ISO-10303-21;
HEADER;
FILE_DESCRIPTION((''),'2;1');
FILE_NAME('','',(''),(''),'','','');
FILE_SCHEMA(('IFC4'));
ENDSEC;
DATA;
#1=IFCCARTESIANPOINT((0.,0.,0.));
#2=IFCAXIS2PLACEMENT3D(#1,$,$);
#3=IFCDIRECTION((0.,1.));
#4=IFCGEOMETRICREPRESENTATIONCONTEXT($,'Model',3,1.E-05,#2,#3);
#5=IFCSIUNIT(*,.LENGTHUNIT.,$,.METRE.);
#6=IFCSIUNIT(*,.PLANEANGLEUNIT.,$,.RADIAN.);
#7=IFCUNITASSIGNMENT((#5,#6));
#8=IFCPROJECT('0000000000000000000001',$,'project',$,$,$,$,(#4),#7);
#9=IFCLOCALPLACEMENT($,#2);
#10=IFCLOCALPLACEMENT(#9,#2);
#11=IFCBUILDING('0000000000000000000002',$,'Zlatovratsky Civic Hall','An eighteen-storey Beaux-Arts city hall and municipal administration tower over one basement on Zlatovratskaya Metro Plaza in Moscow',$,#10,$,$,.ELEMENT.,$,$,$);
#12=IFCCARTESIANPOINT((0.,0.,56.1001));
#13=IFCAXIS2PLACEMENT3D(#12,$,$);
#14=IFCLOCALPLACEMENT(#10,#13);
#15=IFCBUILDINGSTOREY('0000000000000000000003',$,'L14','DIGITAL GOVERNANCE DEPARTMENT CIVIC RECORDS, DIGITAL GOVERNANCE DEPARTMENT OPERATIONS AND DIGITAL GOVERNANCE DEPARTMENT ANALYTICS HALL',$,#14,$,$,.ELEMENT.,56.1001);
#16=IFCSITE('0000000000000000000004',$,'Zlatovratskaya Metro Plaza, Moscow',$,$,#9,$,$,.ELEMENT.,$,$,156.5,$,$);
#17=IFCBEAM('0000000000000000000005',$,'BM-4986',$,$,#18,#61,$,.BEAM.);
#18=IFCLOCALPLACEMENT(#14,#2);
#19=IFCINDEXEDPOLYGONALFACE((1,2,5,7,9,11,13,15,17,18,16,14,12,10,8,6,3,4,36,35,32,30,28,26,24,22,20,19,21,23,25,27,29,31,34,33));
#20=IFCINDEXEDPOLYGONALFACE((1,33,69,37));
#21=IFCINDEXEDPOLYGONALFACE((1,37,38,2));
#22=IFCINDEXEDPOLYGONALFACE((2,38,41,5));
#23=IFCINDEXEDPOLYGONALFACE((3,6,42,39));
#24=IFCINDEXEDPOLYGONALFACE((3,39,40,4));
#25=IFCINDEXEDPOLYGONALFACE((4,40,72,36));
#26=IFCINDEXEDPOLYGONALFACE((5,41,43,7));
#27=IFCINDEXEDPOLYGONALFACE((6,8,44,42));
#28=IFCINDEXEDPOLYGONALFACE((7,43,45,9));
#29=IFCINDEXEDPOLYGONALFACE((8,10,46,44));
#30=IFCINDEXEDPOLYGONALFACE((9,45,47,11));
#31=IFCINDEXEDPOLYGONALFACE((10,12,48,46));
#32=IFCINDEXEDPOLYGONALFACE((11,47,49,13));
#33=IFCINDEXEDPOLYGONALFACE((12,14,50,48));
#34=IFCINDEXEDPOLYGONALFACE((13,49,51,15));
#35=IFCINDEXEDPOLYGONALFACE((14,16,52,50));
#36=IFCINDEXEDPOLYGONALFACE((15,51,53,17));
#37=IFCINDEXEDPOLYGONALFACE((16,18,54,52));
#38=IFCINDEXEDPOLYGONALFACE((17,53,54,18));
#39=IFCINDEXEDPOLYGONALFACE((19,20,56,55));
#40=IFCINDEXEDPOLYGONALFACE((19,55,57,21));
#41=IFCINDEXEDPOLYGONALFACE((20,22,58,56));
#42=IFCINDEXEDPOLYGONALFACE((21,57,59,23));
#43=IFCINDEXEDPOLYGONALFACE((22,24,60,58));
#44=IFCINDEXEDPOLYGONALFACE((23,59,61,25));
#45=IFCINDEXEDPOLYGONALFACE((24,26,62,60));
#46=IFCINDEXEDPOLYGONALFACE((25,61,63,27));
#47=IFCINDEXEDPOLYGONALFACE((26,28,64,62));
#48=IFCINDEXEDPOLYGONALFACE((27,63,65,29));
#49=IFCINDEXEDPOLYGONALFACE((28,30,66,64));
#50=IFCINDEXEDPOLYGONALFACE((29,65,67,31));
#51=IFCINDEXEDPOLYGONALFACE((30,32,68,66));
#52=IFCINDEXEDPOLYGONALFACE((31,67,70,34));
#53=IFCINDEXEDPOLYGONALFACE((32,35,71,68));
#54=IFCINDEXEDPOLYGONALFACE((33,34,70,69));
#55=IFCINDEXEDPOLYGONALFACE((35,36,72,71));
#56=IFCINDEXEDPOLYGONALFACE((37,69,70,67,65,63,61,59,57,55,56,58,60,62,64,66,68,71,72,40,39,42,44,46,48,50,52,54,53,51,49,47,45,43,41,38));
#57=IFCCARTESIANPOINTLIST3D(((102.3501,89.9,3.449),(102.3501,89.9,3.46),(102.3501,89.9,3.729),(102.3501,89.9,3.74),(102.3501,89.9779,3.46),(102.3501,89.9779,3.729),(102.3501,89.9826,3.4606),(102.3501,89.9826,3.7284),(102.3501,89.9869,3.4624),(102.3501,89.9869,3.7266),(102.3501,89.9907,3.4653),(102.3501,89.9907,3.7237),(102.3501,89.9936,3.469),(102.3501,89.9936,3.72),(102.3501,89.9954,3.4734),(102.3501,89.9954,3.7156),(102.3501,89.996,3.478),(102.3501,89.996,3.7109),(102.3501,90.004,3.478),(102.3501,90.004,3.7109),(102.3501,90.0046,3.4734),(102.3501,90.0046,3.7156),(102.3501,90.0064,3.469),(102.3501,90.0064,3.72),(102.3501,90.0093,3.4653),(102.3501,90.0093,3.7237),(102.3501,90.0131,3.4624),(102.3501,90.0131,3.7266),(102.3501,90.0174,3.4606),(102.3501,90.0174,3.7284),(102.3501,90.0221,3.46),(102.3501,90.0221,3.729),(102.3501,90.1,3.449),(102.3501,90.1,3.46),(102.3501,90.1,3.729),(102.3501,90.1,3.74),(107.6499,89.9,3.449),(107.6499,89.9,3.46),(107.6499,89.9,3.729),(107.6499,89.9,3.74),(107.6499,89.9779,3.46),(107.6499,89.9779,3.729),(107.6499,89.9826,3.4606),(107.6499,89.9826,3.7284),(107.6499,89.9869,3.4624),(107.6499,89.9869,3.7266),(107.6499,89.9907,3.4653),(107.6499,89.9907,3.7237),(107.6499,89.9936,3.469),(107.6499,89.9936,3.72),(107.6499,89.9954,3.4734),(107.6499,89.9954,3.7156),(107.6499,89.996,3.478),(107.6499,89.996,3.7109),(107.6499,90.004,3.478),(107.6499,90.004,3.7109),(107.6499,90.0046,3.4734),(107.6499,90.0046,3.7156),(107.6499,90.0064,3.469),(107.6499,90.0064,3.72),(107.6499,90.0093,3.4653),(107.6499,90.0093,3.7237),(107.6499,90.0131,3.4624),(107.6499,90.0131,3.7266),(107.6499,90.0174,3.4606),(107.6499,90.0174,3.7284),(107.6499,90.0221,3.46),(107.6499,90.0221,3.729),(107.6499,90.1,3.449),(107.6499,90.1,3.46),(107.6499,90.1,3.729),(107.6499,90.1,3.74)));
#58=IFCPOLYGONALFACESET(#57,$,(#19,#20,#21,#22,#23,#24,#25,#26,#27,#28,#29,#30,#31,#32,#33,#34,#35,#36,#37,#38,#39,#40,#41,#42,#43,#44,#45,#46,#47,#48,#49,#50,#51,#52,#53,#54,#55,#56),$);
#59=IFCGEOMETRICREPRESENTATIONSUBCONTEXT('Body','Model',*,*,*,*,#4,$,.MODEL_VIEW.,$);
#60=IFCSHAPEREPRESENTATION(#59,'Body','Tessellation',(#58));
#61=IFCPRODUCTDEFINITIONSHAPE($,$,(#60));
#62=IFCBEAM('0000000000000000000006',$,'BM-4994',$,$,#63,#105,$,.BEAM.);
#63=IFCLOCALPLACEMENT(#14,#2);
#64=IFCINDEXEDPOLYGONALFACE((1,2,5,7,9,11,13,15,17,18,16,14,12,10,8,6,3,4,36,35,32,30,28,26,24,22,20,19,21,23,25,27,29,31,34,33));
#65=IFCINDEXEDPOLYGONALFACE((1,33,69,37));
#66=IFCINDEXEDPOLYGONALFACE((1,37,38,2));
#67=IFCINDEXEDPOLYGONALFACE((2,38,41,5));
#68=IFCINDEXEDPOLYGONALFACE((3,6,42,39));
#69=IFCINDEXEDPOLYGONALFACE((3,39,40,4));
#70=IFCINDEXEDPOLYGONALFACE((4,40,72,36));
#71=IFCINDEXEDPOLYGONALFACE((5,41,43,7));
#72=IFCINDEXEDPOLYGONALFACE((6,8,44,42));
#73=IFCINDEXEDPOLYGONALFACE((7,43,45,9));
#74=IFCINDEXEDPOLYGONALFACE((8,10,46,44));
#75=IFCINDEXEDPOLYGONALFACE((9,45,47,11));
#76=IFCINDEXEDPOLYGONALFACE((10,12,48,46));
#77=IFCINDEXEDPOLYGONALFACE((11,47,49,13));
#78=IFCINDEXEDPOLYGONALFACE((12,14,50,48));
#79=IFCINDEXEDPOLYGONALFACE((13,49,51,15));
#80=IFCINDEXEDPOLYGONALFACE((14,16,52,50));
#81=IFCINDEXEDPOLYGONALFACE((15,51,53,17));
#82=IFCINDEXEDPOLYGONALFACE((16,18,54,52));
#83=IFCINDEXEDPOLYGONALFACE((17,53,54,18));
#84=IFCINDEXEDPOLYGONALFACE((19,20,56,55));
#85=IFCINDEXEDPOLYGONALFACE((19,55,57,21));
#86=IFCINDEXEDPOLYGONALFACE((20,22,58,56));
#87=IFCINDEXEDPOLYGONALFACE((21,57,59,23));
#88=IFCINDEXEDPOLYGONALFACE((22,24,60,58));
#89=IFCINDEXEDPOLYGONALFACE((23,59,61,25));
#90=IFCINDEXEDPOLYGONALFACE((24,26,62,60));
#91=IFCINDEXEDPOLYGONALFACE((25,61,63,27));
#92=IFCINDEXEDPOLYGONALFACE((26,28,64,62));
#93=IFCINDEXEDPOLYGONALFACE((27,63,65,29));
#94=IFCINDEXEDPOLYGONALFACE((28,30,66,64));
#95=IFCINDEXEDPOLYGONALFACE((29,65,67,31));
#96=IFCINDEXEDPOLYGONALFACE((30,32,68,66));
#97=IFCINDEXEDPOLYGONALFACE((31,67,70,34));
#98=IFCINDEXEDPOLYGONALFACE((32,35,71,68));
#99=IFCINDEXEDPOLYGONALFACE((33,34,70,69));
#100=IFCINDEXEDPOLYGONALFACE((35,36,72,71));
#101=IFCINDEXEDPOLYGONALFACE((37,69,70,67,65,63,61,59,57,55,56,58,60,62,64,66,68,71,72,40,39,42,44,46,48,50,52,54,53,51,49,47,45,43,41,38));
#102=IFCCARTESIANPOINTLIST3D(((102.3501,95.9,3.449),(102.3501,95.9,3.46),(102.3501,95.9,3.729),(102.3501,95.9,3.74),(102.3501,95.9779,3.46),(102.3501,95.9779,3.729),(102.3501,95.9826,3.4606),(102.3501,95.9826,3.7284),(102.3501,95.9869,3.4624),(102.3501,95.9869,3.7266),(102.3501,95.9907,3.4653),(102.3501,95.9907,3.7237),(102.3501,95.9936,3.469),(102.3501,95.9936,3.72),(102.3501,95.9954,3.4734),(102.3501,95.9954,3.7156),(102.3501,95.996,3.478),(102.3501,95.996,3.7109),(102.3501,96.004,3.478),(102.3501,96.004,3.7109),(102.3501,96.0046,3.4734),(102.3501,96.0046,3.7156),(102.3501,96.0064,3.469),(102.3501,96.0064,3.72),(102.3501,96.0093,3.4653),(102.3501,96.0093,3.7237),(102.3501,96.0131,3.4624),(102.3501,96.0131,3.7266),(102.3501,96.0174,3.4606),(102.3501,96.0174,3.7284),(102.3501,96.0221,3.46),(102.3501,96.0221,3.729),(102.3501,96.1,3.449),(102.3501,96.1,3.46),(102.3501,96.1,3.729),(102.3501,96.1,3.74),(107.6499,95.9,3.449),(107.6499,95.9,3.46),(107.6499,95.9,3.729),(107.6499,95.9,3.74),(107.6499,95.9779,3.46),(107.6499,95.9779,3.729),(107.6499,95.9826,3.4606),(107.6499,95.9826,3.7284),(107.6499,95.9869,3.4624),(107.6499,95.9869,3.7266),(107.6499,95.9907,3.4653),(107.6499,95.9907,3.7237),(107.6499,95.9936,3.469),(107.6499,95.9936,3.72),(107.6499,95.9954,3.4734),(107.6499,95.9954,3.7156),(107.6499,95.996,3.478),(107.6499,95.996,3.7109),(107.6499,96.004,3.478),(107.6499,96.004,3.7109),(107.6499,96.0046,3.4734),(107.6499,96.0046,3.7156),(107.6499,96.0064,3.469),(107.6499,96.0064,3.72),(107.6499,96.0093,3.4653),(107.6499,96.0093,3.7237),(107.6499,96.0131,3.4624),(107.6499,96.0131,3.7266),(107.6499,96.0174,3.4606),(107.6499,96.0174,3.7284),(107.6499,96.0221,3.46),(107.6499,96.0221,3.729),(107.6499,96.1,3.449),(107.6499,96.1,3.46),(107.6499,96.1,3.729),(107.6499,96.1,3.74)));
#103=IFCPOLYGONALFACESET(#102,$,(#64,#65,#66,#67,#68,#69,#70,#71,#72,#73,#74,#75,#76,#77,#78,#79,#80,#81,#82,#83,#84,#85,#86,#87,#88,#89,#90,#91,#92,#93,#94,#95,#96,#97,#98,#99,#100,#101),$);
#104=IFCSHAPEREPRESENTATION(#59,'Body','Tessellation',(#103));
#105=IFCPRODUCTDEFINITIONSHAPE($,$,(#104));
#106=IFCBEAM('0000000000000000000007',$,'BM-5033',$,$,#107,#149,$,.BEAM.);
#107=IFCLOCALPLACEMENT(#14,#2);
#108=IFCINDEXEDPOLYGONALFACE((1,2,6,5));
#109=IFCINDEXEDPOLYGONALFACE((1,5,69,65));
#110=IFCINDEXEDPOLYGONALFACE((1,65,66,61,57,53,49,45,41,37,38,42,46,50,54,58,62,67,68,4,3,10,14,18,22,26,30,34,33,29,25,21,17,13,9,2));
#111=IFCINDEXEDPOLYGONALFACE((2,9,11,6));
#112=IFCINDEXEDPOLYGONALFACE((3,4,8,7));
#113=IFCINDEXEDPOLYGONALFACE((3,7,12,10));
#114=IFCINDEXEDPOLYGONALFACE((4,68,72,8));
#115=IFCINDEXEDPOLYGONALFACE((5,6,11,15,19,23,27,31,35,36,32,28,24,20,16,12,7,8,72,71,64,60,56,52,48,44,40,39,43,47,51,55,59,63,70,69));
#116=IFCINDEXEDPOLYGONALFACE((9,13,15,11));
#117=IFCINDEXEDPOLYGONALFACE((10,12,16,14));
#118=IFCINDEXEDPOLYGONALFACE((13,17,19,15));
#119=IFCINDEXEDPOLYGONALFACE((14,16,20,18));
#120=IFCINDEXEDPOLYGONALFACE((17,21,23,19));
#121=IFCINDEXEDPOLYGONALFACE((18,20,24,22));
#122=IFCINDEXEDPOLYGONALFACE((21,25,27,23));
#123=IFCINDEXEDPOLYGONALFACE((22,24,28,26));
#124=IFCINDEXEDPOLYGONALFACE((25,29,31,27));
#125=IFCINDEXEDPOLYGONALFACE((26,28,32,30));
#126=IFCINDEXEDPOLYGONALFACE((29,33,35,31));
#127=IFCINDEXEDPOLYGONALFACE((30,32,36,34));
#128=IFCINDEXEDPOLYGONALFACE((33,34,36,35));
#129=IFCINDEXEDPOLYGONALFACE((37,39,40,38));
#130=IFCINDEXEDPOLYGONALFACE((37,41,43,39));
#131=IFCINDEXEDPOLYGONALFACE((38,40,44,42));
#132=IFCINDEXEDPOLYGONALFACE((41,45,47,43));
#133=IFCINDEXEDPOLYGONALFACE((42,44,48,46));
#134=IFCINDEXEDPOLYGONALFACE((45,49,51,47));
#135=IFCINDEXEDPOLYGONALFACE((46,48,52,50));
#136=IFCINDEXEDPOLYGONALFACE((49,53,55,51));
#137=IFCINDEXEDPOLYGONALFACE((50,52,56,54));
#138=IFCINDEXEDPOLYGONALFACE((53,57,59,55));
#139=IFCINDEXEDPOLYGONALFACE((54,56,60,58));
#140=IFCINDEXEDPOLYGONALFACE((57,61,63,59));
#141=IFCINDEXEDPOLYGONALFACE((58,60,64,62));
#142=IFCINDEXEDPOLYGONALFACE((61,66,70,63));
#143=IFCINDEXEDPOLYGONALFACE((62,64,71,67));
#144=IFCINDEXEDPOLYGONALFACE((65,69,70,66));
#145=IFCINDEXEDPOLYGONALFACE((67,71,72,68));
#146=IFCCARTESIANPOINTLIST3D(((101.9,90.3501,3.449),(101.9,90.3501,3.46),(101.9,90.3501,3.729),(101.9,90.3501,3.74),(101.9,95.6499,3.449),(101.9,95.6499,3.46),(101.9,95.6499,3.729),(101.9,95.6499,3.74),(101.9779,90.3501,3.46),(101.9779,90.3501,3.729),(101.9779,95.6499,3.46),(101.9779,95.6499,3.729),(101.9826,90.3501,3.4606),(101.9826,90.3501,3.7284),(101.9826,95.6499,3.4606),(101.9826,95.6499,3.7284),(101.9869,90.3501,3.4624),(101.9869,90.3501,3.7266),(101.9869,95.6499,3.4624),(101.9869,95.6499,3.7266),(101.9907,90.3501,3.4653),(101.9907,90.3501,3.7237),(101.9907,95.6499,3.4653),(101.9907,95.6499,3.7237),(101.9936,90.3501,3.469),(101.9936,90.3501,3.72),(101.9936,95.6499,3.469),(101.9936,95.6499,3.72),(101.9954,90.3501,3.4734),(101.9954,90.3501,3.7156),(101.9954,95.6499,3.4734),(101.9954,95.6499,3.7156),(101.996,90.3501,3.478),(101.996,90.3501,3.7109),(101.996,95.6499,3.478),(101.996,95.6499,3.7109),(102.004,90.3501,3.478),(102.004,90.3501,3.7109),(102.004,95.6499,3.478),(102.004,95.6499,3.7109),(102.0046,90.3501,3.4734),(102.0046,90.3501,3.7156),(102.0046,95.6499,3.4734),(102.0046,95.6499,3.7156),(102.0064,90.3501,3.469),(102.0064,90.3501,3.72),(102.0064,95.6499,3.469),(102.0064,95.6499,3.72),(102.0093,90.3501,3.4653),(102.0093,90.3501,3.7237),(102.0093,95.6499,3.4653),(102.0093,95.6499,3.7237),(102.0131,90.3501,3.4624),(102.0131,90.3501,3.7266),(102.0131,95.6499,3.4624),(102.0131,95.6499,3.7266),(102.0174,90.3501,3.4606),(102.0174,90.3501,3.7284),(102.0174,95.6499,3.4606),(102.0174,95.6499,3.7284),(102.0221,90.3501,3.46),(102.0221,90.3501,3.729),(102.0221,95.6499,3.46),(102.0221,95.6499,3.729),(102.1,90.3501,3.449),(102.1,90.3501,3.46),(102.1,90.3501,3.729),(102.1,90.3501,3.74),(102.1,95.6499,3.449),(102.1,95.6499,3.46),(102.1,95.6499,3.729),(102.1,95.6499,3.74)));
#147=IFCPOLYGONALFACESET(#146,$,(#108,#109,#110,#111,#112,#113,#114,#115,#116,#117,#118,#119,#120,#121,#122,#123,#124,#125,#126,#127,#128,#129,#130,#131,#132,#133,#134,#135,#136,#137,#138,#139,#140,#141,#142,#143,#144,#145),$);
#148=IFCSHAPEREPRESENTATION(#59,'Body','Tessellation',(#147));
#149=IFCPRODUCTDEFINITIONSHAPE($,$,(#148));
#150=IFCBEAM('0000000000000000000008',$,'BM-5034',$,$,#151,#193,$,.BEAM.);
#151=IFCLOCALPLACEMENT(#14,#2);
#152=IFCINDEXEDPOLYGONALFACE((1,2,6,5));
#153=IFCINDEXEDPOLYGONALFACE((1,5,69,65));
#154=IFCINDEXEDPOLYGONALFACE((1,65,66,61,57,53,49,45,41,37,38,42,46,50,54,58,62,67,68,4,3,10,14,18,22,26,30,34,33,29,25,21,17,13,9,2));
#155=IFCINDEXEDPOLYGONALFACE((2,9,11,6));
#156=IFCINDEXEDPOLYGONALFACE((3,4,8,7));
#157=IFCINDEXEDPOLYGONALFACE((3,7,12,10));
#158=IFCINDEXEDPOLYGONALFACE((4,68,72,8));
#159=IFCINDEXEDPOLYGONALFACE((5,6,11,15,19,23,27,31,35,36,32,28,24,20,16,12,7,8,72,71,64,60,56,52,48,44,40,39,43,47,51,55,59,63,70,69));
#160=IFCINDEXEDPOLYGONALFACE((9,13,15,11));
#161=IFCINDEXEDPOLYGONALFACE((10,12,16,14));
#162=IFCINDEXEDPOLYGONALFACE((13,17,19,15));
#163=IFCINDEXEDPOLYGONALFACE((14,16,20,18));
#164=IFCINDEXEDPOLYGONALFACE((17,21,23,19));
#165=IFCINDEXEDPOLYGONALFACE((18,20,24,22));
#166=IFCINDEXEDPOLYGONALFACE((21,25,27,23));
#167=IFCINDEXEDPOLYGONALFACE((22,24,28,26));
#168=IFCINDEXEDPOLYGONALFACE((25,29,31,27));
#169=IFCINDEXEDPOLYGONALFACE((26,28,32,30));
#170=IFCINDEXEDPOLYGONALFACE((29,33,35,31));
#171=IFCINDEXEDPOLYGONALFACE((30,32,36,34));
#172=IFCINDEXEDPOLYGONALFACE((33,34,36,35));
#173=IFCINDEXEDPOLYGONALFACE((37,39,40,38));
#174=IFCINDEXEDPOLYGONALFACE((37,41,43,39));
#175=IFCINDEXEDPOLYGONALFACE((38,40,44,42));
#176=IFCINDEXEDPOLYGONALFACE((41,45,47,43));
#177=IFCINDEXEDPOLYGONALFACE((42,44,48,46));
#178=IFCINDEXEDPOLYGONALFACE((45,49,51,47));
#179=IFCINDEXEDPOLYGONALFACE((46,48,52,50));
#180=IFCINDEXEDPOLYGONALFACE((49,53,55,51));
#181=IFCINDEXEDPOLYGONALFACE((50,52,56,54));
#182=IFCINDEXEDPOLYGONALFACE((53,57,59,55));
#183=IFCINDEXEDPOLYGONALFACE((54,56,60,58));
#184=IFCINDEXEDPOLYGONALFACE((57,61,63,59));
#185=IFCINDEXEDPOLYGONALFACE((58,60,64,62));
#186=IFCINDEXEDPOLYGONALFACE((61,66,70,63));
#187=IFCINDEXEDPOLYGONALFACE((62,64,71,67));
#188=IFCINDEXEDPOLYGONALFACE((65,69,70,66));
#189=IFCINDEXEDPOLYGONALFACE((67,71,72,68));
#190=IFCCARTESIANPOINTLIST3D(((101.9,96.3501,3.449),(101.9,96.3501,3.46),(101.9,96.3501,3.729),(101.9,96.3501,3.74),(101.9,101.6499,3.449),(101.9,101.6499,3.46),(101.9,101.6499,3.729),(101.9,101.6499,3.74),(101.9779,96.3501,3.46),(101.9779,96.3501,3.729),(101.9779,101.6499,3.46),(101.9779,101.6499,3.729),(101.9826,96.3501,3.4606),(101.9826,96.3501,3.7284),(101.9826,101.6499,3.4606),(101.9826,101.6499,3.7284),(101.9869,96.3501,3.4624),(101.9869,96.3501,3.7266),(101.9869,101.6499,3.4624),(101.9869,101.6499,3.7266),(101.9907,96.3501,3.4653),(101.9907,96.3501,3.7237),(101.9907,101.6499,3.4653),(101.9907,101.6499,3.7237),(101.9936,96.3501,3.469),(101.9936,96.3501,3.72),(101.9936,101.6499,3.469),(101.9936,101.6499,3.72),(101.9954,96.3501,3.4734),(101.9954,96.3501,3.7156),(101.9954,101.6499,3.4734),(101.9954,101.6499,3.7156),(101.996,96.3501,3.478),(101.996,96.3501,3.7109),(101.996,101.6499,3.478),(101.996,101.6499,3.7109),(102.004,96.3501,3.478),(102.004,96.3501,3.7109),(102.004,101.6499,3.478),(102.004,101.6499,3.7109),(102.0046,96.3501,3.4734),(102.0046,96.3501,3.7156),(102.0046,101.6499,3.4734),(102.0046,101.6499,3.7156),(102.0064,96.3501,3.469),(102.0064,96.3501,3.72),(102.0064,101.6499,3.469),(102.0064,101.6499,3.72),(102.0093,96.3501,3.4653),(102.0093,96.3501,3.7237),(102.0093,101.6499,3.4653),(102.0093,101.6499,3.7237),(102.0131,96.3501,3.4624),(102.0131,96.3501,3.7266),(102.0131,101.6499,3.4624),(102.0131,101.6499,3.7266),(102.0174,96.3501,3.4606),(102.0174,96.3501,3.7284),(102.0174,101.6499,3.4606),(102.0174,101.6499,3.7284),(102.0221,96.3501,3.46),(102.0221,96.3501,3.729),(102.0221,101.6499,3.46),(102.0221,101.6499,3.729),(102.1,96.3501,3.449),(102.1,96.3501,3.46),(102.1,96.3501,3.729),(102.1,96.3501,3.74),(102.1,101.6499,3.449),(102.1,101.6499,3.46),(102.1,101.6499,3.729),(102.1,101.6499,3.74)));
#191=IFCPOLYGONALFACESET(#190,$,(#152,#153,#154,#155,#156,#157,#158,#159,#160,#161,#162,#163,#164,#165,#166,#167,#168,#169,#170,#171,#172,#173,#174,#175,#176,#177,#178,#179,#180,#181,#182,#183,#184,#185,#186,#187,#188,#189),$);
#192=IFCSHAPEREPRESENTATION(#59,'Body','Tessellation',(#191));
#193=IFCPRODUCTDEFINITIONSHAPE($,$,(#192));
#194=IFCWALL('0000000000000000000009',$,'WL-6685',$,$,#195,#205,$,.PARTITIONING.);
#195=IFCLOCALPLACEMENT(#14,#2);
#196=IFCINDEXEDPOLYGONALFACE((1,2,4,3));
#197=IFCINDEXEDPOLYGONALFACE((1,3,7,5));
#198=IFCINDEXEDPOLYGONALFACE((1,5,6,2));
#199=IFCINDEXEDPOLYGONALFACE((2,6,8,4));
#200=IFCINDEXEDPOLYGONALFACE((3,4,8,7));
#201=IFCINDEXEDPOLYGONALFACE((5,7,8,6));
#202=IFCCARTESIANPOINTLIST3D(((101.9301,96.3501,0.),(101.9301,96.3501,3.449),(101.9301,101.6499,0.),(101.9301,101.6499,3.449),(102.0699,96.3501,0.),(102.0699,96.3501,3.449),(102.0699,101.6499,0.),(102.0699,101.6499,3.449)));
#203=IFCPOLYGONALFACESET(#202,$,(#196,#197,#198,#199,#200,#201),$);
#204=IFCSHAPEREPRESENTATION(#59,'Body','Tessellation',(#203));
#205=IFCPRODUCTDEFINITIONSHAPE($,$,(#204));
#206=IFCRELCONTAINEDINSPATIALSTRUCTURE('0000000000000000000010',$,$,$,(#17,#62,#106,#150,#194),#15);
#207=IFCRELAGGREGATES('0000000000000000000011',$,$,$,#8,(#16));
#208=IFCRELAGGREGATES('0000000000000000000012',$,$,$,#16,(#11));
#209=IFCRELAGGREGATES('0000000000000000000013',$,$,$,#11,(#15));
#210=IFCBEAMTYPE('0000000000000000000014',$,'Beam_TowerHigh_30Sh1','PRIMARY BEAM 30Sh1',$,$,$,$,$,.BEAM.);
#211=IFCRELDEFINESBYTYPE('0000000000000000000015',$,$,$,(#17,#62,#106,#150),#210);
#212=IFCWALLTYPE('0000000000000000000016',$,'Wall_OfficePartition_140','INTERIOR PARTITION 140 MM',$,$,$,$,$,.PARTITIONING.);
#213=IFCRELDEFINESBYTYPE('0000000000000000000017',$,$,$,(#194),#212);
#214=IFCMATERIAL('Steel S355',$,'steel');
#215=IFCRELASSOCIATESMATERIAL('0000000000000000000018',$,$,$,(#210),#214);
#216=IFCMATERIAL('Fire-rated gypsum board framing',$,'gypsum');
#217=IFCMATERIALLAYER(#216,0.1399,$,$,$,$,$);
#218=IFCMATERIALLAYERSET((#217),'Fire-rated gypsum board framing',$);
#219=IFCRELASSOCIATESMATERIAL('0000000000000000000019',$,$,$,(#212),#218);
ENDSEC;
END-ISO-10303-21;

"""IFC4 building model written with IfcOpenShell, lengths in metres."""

from ifc_helpers import new_model, si_unit, direction, frame, frame_2d, origin, origin_2d, place, context, subcontext, project, spatial, rectangle, i_section, extrude, material, layer, layer_set, material_profile, profile_set, type_object, element, save


model = new_model("IFC4")

# Units and contexts
model_context = context("Model", 3, precision=1e-05, world=origin(), true_north=direction((0.0, 1.0)))
body_context = subcontext(model_context, "Body", "Model", "MODEL_VIEW")
ifc_project = project(units=[si_unit("LENGTHUNIT", "METRE"), si_unit("PLANEANGLEUNIT", "RADIAN")], contexts=[model_context])

# Site, building, storey
site_placement = place(None, origin())
site = spatial("IfcSite", under=ifc_project, at=site_placement, Name="Zlatovratskaya Metro Plaza, Moscow", CompositionType="ELEMENT", RefElevation=156.5)
building_placement = place(site_placement, origin())
building = spatial("IfcBuilding", under=site, at=building_placement, Name="Zlatovratsky Civic Hall", Description="An eighteen-storey Beaux-Arts city hall and municipal administration tower over one basement on Zlatovratskaya Metro Plaza in Moscow", CompositionType="ELEMENT")
storey_placement = place(building_placement, frame((0.0, 0.0, 56.1001)))
storey = spatial("IfcBuildingStorey", under=building, at=storey_placement, Name="L14", Description="DIGITAL GOVERNANCE DEPARTMENT CIVIC RECORDS, DIGITAL GOVERNANCE DEPARTMENT OPERATIONS AND DIGITAL GOVERNANCE DEPARTMENT ANALYTICS HALL", CompositionType="ELEMENT", Elevation=56.1001)

# Beams
ifc_material_1 = material(Name="Steel S355", Category="steel")
ifc_material_profile_1 = material_profile(ifc_material_1, i_section(OverallWidth=0.2, OverallDepth=0.291, WebThickness=0.0081, FlangeThickness=0.011, FilletRadius=0.0181, at=origin_2d()), Name="30Sh1")
ifc_profile_set_1 = profile_set([ifc_material_profile_1], Name="Steel S355")
beam_type_1 = type_object("IfcBeamType", Name="Beam_TowerHigh_30Sh1", Description="PRIMARY BEAM 30Sh1", PredefinedType="BEAM", material=ifc_profile_set_1)
for number, where, z_axis, x_axis, name in (
    (1, (102.3501, 90.0, 3.5945), (1.0, 0.0, 0.0), (0.0, 1.0, 0.0), "BM-4986"),
    (2, (102.3501, 96.0, 3.5945), (1.0, 0.0, 0.0), (0.0, 1.0, 0.0), "BM-4994"),
    (3, (102.0, 90.3501, 3.5945), (0.0, 1.0, 0.0), (-1.0, 0.0, 0.0), "BM-5033"),
    (4, (102.0, 96.3501, 3.5945), (0.0, 1.0, 0.0), (-1.0, 0.0, 0.0), "BM-5034"),
):
    element("IfcBeam", number, at=place(storey_placement, frame(where, z_axis=z_axis, x_axis=x_axis)), inside=storey, type_object=beam_type_1, Name=name, PredefinedType="BEAM", context=body_context, shape_type="SweptSolid", body=[
        extrude(i_section(OverallWidth=0.2, OverallDepth=0.291, WebThickness=0.0081, FlangeThickness=0.011, FilletRadius=0.0181, at=origin_2d()), origin(), (0.0, 0.0, 1.0), 5.2998),
    ])

# Wall
ifc_material_2 = material(Name="Fire-rated gypsum board framing", Category="gypsum")
ifc_layer_1 = layer(ifc_material_2, 0.1399)
ifc_layer_set_1 = layer_set([ifc_layer_1], Name="Fire-rated gypsum board framing")
wall_type_1 = type_object("IfcWallType", Name="Wall_OfficePartition_140", Description="INTERIOR PARTITION 140 MM", PredefinedType="PARTITIONING", material=ifc_layer_set_1)
wall_1_placement = place(storey_placement, frame((102.0, 96.3501, 0.0), z_axis=(0.0, 0.0, 1.0), x_axis=(0.0, 1.0, 0.0)))
element("IfcWall", 5, at=wall_1_placement, inside=storey, type_object=wall_type_1, Name="WL-6685", PredefinedType="PARTITIONING", context=body_context, shape_type="SweptSolid", body=[
    extrude(rectangle(XDim=5.2998, YDim=0.1399, at=frame_2d((2.6499, 0.0))), origin(), (0.0, 0.0, 1.0), 3.449),
])

save(model, "model.ifc")
